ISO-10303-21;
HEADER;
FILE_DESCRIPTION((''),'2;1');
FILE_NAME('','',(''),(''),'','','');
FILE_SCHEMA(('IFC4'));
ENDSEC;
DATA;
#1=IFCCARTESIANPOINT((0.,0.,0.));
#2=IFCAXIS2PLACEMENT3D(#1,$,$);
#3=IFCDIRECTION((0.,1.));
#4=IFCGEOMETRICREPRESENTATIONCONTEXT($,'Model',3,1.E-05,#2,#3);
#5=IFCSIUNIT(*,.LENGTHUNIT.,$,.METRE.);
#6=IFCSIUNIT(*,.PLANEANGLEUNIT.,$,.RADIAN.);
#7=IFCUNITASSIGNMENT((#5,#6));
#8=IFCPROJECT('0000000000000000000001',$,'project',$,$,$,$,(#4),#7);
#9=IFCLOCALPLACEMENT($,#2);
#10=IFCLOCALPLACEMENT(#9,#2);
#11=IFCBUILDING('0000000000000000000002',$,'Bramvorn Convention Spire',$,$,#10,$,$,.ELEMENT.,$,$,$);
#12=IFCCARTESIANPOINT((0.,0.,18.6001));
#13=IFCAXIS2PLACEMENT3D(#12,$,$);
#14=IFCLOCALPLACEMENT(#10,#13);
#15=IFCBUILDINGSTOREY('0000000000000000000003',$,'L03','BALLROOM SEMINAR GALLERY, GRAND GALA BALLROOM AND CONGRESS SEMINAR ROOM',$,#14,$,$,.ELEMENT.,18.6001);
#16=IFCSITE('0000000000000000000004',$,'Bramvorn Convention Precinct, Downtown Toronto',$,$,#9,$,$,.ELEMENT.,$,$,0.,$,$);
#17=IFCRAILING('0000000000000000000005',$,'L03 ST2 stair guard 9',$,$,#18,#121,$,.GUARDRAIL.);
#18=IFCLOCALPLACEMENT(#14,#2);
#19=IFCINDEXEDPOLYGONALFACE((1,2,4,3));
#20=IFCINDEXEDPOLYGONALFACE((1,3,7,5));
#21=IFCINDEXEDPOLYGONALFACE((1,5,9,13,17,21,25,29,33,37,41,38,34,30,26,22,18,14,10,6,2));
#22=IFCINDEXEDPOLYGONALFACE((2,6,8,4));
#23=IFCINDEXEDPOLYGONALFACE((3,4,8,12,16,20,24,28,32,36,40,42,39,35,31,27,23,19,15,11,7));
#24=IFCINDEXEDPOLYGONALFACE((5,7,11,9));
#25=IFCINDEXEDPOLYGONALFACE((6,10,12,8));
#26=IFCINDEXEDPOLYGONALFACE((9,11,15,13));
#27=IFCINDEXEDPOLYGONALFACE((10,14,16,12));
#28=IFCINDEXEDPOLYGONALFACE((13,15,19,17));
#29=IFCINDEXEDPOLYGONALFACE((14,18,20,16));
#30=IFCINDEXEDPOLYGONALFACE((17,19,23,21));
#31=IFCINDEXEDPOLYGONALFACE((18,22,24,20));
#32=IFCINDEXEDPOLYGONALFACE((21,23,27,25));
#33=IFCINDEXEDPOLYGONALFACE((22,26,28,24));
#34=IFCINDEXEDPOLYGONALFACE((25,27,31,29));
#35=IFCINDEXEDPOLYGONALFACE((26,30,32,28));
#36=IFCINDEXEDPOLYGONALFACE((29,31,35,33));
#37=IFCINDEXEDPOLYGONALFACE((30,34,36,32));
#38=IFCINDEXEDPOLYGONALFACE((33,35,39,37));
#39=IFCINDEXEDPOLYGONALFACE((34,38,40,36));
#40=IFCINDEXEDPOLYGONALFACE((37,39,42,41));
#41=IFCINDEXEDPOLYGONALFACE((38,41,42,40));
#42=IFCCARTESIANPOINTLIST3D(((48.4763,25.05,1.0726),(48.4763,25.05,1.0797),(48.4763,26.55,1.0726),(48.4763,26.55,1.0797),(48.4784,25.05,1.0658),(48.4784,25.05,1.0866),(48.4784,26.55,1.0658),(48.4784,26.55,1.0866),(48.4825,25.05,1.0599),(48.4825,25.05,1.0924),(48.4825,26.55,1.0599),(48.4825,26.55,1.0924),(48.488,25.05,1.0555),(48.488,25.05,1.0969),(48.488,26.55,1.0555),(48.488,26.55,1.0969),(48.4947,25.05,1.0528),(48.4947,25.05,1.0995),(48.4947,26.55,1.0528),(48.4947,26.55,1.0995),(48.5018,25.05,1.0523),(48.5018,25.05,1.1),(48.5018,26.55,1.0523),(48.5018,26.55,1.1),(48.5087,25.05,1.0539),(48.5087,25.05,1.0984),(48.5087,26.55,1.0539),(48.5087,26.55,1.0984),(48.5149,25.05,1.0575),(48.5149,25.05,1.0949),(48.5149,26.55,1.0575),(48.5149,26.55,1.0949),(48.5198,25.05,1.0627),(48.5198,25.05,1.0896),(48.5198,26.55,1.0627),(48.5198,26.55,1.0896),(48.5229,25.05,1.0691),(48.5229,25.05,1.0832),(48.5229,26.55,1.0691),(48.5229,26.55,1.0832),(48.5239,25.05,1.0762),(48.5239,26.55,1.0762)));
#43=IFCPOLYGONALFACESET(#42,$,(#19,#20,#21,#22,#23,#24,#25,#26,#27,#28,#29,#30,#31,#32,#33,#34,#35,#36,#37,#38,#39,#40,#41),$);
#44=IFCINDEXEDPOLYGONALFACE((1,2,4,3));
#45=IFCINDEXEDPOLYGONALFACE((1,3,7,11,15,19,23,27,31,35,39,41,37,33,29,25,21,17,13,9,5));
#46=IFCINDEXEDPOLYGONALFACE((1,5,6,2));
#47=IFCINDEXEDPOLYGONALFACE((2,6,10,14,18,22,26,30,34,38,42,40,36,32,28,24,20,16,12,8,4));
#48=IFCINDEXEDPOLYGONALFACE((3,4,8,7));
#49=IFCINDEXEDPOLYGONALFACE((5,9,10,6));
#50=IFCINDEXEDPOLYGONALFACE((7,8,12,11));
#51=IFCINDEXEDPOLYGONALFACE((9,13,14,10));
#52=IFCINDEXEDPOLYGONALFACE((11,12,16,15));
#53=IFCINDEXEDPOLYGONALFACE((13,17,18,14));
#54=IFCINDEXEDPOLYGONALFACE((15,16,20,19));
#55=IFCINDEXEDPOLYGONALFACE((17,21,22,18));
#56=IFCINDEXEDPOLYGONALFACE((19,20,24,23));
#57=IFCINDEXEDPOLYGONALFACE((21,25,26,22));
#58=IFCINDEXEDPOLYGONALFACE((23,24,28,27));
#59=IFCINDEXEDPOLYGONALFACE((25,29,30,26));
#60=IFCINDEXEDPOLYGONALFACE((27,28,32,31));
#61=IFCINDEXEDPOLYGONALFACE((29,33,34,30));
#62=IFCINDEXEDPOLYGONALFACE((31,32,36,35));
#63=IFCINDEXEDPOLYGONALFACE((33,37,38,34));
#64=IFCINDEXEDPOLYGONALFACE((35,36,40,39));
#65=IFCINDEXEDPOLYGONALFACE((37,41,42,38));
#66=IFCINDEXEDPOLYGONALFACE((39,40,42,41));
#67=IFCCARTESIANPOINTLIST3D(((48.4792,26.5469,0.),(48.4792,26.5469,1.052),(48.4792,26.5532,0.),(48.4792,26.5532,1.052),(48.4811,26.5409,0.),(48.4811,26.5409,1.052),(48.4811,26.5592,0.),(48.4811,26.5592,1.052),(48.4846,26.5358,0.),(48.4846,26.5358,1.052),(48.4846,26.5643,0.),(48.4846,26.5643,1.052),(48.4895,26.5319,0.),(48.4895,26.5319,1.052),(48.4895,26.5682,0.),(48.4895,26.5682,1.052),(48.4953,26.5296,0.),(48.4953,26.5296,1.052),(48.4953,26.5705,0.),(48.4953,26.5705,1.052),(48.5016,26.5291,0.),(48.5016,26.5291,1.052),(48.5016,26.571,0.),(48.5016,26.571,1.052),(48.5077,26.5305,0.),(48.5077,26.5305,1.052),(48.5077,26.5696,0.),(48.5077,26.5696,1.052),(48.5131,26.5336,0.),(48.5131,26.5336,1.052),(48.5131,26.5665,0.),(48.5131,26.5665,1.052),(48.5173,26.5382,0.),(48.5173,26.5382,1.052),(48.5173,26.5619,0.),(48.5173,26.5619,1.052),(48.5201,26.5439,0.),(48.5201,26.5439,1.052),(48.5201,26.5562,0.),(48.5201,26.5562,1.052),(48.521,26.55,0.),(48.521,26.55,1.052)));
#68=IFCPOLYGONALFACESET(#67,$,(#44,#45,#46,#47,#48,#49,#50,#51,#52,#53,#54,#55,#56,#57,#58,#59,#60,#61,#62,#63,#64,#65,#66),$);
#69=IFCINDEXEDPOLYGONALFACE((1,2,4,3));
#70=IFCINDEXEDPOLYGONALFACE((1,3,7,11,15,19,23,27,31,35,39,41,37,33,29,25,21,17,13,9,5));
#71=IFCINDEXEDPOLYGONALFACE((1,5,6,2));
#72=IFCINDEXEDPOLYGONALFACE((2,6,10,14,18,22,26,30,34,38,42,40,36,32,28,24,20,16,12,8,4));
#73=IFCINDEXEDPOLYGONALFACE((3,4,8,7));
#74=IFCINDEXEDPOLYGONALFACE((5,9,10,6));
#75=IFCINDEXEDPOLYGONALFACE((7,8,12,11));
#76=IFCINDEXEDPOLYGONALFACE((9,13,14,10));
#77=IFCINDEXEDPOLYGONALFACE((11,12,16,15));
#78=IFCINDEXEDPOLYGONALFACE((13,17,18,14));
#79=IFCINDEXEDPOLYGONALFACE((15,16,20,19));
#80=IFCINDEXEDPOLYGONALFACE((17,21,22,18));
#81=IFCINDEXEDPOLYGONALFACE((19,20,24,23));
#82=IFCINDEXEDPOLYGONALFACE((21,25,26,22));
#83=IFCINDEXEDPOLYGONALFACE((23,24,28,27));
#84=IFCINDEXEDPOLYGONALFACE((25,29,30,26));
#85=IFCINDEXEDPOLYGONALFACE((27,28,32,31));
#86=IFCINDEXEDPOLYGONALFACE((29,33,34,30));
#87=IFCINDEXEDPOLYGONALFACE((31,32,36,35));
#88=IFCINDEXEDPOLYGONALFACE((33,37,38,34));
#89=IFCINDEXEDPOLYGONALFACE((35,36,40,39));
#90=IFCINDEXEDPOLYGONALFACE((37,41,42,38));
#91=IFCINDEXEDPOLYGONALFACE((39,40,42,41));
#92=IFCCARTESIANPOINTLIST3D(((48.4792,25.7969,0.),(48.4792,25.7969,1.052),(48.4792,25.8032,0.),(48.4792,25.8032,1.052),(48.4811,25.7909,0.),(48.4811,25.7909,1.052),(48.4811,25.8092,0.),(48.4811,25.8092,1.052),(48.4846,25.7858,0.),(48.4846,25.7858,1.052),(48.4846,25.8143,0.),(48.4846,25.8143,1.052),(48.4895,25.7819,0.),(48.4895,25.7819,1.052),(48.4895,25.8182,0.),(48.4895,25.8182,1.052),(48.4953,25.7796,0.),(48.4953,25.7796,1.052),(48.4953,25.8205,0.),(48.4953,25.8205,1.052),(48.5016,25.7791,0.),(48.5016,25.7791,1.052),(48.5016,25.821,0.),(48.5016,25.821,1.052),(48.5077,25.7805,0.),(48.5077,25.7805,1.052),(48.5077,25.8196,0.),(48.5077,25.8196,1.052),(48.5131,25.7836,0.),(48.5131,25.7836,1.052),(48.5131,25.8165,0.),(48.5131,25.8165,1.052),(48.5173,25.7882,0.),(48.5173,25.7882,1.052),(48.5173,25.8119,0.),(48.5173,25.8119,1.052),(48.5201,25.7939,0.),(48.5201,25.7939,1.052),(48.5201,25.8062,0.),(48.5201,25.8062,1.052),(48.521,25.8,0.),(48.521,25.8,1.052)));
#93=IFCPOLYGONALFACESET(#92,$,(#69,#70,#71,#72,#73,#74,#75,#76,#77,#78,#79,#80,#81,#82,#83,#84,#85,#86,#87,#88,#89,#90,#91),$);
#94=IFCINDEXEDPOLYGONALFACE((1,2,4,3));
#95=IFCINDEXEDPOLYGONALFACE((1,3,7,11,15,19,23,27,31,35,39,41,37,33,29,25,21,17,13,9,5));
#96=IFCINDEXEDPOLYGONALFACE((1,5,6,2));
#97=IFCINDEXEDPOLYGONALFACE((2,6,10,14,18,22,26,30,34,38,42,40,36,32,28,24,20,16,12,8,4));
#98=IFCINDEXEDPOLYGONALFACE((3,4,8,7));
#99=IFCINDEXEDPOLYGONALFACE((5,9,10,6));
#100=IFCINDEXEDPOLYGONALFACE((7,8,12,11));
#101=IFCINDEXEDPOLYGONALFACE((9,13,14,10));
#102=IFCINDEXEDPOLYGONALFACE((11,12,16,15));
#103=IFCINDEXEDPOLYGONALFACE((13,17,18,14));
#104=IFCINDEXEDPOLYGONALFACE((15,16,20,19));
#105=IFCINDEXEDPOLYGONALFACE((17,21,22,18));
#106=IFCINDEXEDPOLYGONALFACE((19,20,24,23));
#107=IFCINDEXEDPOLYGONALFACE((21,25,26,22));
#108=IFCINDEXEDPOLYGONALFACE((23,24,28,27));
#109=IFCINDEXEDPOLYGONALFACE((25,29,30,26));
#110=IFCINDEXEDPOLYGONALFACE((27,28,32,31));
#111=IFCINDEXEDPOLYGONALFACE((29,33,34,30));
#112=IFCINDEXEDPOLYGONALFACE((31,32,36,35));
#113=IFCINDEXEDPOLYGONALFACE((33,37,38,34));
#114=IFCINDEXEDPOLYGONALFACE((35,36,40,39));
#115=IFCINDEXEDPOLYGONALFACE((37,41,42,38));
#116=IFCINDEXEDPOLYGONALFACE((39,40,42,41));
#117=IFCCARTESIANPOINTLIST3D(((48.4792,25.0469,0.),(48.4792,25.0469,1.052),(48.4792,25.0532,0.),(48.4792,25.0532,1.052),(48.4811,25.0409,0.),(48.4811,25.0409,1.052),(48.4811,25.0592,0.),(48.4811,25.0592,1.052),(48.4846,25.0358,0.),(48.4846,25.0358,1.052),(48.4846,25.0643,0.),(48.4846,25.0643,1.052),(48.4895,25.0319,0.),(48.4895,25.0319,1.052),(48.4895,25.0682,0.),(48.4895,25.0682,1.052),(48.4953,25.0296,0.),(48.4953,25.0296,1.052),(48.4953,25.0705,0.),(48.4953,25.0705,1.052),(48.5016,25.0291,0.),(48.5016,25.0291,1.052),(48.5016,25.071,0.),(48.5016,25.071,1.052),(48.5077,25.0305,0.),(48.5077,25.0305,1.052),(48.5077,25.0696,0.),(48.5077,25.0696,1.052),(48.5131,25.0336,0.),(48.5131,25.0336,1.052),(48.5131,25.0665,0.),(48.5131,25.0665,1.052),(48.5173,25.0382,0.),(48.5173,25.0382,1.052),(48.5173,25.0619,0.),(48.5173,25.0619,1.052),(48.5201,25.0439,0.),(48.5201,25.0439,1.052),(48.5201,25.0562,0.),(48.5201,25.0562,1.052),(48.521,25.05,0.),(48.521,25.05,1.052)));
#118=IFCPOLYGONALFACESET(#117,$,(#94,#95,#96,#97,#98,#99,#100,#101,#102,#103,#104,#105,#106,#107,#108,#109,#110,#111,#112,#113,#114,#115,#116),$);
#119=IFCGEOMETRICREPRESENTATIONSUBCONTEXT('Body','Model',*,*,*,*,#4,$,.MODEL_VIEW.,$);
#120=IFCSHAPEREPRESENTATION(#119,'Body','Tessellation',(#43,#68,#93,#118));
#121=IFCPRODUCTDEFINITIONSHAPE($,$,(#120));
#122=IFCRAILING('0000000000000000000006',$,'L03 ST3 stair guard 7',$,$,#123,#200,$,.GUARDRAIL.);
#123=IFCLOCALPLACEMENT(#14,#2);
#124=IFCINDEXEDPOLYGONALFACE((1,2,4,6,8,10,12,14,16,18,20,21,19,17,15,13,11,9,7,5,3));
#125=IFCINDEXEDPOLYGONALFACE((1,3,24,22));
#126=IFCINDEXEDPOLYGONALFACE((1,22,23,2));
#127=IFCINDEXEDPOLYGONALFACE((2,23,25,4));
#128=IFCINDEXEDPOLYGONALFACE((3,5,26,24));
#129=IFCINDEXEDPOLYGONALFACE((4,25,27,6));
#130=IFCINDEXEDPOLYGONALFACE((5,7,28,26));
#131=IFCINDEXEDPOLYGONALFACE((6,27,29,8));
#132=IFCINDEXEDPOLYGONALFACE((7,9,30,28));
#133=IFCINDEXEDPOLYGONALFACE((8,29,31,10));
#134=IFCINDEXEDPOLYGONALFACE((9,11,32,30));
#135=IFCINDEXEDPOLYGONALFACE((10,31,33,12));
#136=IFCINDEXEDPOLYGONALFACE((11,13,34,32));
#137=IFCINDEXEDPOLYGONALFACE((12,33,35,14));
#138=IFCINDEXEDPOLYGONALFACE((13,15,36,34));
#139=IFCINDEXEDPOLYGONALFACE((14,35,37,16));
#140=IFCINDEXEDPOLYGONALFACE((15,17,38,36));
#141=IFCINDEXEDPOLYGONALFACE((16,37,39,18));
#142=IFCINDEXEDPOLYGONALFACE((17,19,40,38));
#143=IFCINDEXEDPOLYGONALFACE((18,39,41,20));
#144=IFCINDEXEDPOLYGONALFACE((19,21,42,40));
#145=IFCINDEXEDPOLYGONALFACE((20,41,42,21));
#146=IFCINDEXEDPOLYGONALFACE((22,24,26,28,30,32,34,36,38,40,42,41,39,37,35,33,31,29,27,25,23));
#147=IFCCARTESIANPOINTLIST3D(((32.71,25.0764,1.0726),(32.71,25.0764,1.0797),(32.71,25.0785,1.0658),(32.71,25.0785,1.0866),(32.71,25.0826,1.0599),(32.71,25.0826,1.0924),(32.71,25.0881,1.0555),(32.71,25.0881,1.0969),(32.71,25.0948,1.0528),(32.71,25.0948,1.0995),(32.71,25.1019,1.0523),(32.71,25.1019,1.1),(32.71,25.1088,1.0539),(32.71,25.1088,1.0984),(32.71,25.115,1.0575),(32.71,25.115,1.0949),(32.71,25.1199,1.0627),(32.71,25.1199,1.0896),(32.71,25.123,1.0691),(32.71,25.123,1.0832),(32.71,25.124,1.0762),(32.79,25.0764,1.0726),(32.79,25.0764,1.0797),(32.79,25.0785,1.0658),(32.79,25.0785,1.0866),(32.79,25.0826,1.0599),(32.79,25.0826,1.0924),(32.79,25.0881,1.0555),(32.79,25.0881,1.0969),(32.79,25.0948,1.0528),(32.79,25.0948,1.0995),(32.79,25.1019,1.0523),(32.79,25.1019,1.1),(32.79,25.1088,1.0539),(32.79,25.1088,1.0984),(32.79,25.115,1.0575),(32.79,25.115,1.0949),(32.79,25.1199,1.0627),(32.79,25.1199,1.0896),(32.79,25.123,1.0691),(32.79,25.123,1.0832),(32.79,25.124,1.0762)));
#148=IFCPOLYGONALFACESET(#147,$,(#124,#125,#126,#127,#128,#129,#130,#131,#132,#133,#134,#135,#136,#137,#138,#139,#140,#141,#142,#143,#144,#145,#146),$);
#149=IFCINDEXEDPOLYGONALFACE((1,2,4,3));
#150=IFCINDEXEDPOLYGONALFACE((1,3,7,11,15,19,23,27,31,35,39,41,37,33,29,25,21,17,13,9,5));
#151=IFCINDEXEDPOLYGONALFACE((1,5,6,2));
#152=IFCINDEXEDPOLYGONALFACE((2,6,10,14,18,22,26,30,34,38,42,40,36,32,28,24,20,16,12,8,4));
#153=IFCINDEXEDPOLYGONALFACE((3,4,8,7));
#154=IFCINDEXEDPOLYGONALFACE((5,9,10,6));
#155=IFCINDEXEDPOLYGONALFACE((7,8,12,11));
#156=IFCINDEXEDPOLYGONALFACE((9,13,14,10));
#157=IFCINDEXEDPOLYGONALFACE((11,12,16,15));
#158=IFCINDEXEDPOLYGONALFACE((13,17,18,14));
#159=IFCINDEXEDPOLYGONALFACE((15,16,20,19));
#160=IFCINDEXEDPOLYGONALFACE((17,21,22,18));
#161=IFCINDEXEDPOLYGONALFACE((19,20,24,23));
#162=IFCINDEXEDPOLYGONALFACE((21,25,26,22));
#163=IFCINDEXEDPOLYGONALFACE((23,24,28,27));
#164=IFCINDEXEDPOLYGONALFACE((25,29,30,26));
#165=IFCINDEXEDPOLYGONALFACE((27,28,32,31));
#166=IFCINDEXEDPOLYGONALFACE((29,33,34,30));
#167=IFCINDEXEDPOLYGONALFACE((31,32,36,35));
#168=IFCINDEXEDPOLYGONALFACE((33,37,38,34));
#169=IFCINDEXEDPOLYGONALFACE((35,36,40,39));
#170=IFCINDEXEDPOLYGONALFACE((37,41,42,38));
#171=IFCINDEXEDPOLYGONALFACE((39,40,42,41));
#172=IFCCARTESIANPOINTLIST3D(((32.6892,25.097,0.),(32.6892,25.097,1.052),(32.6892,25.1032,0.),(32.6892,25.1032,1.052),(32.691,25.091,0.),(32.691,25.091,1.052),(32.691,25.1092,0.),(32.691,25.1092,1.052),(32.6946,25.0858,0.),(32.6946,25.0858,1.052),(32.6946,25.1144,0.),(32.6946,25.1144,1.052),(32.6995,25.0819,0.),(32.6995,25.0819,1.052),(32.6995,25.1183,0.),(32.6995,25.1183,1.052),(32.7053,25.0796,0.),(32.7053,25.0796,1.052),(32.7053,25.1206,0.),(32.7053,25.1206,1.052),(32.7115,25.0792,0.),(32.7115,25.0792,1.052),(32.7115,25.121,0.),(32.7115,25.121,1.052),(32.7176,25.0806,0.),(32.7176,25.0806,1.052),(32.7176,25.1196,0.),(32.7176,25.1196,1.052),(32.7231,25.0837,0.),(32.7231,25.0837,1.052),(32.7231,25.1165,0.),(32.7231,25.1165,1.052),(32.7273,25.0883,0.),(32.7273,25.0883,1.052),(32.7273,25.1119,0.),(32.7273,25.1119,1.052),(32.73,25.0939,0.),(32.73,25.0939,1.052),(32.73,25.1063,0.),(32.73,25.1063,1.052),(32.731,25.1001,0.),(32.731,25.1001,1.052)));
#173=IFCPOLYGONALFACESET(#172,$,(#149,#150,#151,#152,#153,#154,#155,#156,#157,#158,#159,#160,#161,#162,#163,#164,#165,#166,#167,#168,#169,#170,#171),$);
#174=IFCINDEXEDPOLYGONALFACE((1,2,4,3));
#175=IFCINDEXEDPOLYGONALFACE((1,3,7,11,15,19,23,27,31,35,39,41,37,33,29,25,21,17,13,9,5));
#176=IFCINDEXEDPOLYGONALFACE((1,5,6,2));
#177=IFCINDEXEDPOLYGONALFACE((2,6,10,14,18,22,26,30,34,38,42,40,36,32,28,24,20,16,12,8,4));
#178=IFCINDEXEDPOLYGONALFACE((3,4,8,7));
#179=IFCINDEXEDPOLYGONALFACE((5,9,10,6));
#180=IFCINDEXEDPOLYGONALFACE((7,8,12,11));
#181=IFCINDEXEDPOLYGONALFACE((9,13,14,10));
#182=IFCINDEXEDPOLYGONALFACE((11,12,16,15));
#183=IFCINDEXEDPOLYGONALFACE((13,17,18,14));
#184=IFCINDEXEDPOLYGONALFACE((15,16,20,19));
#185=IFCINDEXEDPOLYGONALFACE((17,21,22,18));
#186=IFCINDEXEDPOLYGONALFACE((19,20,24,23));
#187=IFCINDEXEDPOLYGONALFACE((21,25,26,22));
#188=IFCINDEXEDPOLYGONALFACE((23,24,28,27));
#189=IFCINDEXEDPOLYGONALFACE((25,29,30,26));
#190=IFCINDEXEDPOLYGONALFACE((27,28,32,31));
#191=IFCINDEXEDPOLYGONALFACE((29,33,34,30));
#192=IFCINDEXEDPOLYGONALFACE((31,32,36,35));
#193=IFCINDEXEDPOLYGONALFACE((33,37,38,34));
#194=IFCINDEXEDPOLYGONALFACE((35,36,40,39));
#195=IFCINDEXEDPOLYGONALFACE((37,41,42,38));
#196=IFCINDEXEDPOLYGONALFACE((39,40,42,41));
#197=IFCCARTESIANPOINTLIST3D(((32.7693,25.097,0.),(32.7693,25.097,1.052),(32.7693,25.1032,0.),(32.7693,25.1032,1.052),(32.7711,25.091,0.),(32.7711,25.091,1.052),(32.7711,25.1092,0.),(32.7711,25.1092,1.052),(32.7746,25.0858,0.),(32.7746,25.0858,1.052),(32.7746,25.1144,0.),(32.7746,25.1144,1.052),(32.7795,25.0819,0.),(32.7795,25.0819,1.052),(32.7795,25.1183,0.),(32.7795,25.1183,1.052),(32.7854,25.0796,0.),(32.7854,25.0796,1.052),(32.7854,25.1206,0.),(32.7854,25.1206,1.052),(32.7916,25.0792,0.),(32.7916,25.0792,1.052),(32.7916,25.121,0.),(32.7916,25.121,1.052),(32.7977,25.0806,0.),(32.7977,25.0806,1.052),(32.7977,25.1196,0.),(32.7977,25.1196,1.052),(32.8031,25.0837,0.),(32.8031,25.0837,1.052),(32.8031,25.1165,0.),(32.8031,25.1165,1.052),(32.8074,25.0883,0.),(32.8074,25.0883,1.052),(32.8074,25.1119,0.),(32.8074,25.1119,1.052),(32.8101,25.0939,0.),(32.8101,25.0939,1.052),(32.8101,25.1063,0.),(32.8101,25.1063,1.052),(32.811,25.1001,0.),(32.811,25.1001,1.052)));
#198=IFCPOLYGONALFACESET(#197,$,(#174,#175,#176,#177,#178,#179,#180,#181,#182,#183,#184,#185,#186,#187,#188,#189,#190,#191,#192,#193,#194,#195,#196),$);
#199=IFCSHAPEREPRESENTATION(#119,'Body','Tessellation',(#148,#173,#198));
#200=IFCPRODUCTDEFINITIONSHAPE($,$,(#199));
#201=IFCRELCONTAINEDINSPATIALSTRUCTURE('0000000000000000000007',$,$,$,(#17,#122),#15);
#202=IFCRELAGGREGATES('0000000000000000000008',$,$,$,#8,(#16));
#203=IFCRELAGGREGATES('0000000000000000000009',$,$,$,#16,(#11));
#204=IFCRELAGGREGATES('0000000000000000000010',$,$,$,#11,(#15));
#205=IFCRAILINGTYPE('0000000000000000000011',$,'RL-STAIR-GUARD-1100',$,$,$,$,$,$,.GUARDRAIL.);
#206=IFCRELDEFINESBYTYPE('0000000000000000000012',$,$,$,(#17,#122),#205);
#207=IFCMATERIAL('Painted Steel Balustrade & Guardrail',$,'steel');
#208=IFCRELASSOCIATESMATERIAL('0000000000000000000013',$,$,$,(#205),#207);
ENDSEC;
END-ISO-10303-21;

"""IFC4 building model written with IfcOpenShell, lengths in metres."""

from ifc_helpers import new_model, si_unit, direction, frame, origin, origin_2d, place, context, subcontext, project, spatial, circle, extrude, material, type_object, element, save


model = new_model("IFC4")

# Units and contexts
model_context = context("Model", 3, precision=1e-05, world=origin(), true_north=direction((0.0, 1.0)))
body_context = subcontext(model_context, "Body", "Model", "MODEL_VIEW")
ifc_project = project(units=[si_unit("LENGTHUNIT", "METRE"), si_unit("PLANEANGLEUNIT", "RADIAN")], contexts=[model_context])

# Site, building, storey
site_placement = place(None, origin())
site = spatial("IfcSite", under=ifc_project, at=site_placement, Name="Bramvorn Convention Precinct, Downtown Toronto", CompositionType="ELEMENT", RefElevation=0.0)
building_placement = place(site_placement, origin())
building = spatial("IfcBuilding", under=site, at=building_placement, Name="Bramvorn Convention Spire", CompositionType="ELEMENT")
storey_placement = place(building_placement, frame((0.0, 0.0, 18.6001)))
storey = spatial("IfcBuildingStorey", under=building, at=storey_placement, Name="L03", Description="BALLROOM SEMINAR GALLERY, GRAND GALA BALLROOM AND CONGRESS SEMINAR ROOM", CompositionType="ELEMENT", Elevation=18.6001)

# Railings
ifc_material_1 = material(Name="Painted Steel Balustrade & Guardrail", Category="steel")
railing_type_1 = type_object("IfcRailingType", Name="RL-STAIR-GUARD-1100", PredefinedType="GUARDRAIL", material=ifc_material_1)
for number, where, name in (
    (1, (48.5, 26.55, 0.0), "L03 ST2 stair guard 9"),
):
    element("IfcRailing", number, at=place(storey_placement, frame(where)), inside=storey, type_object=railing_type_1, Name=name, PredefinedType="GUARDRAIL", context=body_context, shape_type="SweptSolid", body=[
        extrude(circle(Radius=0.0239, at=origin_2d()), frame((0.0, 0.0, 1.0762), z_axis=(0.0, -1.0, 0.0), x_axis=(1.0, 0.0, 0.0)), (0.0, 0.0, 1.0), 1.5),
        extrude(circle(Radius=0.021, at=origin_2d()), origin(), (0.0, 0.0, 1.0), 1.052),
        extrude(circle(Radius=0.021, at=origin_2d()), frame((0.0, -0.75, 0.0)), (0.0, 0.0, 1.0), 1.052),
        extrude(circle(Radius=0.021, at=origin_2d()), frame((0.0, -1.5, 0.0)), (0.0, 0.0, 1.0), 1.052),
    ])
railing_1_placement = place(storey_placement, frame((32.71, 25.1001, 0.0)))
element("IfcRailing", 2, at=railing_1_placement, inside=storey, type_object=railing_type_1, Name="L03 ST3 stair guard 7", PredefinedType="GUARDRAIL", context=body_context, shape_type="SweptSolid", body=[
    extrude(circle(Radius=0.0239, at=origin_2d()), frame((0.0, 0.0, 1.0762), z_axis=(1.0, 0.0, 0.0), x_axis=(0.0, 1.0, 0.0)), (0.0, 0.0, 1.0), 0.0801),
    extrude(circle(Radius=0.021, at=origin_2d()), origin(), (0.0, 0.0, 1.0), 1.052),
    extrude(circle(Radius=0.021, at=origin_2d()), frame((0.0801, 0.0, 0.0)), (0.0, 0.0, 1.0), 1.052),
])

save(model, "model.ifc")
